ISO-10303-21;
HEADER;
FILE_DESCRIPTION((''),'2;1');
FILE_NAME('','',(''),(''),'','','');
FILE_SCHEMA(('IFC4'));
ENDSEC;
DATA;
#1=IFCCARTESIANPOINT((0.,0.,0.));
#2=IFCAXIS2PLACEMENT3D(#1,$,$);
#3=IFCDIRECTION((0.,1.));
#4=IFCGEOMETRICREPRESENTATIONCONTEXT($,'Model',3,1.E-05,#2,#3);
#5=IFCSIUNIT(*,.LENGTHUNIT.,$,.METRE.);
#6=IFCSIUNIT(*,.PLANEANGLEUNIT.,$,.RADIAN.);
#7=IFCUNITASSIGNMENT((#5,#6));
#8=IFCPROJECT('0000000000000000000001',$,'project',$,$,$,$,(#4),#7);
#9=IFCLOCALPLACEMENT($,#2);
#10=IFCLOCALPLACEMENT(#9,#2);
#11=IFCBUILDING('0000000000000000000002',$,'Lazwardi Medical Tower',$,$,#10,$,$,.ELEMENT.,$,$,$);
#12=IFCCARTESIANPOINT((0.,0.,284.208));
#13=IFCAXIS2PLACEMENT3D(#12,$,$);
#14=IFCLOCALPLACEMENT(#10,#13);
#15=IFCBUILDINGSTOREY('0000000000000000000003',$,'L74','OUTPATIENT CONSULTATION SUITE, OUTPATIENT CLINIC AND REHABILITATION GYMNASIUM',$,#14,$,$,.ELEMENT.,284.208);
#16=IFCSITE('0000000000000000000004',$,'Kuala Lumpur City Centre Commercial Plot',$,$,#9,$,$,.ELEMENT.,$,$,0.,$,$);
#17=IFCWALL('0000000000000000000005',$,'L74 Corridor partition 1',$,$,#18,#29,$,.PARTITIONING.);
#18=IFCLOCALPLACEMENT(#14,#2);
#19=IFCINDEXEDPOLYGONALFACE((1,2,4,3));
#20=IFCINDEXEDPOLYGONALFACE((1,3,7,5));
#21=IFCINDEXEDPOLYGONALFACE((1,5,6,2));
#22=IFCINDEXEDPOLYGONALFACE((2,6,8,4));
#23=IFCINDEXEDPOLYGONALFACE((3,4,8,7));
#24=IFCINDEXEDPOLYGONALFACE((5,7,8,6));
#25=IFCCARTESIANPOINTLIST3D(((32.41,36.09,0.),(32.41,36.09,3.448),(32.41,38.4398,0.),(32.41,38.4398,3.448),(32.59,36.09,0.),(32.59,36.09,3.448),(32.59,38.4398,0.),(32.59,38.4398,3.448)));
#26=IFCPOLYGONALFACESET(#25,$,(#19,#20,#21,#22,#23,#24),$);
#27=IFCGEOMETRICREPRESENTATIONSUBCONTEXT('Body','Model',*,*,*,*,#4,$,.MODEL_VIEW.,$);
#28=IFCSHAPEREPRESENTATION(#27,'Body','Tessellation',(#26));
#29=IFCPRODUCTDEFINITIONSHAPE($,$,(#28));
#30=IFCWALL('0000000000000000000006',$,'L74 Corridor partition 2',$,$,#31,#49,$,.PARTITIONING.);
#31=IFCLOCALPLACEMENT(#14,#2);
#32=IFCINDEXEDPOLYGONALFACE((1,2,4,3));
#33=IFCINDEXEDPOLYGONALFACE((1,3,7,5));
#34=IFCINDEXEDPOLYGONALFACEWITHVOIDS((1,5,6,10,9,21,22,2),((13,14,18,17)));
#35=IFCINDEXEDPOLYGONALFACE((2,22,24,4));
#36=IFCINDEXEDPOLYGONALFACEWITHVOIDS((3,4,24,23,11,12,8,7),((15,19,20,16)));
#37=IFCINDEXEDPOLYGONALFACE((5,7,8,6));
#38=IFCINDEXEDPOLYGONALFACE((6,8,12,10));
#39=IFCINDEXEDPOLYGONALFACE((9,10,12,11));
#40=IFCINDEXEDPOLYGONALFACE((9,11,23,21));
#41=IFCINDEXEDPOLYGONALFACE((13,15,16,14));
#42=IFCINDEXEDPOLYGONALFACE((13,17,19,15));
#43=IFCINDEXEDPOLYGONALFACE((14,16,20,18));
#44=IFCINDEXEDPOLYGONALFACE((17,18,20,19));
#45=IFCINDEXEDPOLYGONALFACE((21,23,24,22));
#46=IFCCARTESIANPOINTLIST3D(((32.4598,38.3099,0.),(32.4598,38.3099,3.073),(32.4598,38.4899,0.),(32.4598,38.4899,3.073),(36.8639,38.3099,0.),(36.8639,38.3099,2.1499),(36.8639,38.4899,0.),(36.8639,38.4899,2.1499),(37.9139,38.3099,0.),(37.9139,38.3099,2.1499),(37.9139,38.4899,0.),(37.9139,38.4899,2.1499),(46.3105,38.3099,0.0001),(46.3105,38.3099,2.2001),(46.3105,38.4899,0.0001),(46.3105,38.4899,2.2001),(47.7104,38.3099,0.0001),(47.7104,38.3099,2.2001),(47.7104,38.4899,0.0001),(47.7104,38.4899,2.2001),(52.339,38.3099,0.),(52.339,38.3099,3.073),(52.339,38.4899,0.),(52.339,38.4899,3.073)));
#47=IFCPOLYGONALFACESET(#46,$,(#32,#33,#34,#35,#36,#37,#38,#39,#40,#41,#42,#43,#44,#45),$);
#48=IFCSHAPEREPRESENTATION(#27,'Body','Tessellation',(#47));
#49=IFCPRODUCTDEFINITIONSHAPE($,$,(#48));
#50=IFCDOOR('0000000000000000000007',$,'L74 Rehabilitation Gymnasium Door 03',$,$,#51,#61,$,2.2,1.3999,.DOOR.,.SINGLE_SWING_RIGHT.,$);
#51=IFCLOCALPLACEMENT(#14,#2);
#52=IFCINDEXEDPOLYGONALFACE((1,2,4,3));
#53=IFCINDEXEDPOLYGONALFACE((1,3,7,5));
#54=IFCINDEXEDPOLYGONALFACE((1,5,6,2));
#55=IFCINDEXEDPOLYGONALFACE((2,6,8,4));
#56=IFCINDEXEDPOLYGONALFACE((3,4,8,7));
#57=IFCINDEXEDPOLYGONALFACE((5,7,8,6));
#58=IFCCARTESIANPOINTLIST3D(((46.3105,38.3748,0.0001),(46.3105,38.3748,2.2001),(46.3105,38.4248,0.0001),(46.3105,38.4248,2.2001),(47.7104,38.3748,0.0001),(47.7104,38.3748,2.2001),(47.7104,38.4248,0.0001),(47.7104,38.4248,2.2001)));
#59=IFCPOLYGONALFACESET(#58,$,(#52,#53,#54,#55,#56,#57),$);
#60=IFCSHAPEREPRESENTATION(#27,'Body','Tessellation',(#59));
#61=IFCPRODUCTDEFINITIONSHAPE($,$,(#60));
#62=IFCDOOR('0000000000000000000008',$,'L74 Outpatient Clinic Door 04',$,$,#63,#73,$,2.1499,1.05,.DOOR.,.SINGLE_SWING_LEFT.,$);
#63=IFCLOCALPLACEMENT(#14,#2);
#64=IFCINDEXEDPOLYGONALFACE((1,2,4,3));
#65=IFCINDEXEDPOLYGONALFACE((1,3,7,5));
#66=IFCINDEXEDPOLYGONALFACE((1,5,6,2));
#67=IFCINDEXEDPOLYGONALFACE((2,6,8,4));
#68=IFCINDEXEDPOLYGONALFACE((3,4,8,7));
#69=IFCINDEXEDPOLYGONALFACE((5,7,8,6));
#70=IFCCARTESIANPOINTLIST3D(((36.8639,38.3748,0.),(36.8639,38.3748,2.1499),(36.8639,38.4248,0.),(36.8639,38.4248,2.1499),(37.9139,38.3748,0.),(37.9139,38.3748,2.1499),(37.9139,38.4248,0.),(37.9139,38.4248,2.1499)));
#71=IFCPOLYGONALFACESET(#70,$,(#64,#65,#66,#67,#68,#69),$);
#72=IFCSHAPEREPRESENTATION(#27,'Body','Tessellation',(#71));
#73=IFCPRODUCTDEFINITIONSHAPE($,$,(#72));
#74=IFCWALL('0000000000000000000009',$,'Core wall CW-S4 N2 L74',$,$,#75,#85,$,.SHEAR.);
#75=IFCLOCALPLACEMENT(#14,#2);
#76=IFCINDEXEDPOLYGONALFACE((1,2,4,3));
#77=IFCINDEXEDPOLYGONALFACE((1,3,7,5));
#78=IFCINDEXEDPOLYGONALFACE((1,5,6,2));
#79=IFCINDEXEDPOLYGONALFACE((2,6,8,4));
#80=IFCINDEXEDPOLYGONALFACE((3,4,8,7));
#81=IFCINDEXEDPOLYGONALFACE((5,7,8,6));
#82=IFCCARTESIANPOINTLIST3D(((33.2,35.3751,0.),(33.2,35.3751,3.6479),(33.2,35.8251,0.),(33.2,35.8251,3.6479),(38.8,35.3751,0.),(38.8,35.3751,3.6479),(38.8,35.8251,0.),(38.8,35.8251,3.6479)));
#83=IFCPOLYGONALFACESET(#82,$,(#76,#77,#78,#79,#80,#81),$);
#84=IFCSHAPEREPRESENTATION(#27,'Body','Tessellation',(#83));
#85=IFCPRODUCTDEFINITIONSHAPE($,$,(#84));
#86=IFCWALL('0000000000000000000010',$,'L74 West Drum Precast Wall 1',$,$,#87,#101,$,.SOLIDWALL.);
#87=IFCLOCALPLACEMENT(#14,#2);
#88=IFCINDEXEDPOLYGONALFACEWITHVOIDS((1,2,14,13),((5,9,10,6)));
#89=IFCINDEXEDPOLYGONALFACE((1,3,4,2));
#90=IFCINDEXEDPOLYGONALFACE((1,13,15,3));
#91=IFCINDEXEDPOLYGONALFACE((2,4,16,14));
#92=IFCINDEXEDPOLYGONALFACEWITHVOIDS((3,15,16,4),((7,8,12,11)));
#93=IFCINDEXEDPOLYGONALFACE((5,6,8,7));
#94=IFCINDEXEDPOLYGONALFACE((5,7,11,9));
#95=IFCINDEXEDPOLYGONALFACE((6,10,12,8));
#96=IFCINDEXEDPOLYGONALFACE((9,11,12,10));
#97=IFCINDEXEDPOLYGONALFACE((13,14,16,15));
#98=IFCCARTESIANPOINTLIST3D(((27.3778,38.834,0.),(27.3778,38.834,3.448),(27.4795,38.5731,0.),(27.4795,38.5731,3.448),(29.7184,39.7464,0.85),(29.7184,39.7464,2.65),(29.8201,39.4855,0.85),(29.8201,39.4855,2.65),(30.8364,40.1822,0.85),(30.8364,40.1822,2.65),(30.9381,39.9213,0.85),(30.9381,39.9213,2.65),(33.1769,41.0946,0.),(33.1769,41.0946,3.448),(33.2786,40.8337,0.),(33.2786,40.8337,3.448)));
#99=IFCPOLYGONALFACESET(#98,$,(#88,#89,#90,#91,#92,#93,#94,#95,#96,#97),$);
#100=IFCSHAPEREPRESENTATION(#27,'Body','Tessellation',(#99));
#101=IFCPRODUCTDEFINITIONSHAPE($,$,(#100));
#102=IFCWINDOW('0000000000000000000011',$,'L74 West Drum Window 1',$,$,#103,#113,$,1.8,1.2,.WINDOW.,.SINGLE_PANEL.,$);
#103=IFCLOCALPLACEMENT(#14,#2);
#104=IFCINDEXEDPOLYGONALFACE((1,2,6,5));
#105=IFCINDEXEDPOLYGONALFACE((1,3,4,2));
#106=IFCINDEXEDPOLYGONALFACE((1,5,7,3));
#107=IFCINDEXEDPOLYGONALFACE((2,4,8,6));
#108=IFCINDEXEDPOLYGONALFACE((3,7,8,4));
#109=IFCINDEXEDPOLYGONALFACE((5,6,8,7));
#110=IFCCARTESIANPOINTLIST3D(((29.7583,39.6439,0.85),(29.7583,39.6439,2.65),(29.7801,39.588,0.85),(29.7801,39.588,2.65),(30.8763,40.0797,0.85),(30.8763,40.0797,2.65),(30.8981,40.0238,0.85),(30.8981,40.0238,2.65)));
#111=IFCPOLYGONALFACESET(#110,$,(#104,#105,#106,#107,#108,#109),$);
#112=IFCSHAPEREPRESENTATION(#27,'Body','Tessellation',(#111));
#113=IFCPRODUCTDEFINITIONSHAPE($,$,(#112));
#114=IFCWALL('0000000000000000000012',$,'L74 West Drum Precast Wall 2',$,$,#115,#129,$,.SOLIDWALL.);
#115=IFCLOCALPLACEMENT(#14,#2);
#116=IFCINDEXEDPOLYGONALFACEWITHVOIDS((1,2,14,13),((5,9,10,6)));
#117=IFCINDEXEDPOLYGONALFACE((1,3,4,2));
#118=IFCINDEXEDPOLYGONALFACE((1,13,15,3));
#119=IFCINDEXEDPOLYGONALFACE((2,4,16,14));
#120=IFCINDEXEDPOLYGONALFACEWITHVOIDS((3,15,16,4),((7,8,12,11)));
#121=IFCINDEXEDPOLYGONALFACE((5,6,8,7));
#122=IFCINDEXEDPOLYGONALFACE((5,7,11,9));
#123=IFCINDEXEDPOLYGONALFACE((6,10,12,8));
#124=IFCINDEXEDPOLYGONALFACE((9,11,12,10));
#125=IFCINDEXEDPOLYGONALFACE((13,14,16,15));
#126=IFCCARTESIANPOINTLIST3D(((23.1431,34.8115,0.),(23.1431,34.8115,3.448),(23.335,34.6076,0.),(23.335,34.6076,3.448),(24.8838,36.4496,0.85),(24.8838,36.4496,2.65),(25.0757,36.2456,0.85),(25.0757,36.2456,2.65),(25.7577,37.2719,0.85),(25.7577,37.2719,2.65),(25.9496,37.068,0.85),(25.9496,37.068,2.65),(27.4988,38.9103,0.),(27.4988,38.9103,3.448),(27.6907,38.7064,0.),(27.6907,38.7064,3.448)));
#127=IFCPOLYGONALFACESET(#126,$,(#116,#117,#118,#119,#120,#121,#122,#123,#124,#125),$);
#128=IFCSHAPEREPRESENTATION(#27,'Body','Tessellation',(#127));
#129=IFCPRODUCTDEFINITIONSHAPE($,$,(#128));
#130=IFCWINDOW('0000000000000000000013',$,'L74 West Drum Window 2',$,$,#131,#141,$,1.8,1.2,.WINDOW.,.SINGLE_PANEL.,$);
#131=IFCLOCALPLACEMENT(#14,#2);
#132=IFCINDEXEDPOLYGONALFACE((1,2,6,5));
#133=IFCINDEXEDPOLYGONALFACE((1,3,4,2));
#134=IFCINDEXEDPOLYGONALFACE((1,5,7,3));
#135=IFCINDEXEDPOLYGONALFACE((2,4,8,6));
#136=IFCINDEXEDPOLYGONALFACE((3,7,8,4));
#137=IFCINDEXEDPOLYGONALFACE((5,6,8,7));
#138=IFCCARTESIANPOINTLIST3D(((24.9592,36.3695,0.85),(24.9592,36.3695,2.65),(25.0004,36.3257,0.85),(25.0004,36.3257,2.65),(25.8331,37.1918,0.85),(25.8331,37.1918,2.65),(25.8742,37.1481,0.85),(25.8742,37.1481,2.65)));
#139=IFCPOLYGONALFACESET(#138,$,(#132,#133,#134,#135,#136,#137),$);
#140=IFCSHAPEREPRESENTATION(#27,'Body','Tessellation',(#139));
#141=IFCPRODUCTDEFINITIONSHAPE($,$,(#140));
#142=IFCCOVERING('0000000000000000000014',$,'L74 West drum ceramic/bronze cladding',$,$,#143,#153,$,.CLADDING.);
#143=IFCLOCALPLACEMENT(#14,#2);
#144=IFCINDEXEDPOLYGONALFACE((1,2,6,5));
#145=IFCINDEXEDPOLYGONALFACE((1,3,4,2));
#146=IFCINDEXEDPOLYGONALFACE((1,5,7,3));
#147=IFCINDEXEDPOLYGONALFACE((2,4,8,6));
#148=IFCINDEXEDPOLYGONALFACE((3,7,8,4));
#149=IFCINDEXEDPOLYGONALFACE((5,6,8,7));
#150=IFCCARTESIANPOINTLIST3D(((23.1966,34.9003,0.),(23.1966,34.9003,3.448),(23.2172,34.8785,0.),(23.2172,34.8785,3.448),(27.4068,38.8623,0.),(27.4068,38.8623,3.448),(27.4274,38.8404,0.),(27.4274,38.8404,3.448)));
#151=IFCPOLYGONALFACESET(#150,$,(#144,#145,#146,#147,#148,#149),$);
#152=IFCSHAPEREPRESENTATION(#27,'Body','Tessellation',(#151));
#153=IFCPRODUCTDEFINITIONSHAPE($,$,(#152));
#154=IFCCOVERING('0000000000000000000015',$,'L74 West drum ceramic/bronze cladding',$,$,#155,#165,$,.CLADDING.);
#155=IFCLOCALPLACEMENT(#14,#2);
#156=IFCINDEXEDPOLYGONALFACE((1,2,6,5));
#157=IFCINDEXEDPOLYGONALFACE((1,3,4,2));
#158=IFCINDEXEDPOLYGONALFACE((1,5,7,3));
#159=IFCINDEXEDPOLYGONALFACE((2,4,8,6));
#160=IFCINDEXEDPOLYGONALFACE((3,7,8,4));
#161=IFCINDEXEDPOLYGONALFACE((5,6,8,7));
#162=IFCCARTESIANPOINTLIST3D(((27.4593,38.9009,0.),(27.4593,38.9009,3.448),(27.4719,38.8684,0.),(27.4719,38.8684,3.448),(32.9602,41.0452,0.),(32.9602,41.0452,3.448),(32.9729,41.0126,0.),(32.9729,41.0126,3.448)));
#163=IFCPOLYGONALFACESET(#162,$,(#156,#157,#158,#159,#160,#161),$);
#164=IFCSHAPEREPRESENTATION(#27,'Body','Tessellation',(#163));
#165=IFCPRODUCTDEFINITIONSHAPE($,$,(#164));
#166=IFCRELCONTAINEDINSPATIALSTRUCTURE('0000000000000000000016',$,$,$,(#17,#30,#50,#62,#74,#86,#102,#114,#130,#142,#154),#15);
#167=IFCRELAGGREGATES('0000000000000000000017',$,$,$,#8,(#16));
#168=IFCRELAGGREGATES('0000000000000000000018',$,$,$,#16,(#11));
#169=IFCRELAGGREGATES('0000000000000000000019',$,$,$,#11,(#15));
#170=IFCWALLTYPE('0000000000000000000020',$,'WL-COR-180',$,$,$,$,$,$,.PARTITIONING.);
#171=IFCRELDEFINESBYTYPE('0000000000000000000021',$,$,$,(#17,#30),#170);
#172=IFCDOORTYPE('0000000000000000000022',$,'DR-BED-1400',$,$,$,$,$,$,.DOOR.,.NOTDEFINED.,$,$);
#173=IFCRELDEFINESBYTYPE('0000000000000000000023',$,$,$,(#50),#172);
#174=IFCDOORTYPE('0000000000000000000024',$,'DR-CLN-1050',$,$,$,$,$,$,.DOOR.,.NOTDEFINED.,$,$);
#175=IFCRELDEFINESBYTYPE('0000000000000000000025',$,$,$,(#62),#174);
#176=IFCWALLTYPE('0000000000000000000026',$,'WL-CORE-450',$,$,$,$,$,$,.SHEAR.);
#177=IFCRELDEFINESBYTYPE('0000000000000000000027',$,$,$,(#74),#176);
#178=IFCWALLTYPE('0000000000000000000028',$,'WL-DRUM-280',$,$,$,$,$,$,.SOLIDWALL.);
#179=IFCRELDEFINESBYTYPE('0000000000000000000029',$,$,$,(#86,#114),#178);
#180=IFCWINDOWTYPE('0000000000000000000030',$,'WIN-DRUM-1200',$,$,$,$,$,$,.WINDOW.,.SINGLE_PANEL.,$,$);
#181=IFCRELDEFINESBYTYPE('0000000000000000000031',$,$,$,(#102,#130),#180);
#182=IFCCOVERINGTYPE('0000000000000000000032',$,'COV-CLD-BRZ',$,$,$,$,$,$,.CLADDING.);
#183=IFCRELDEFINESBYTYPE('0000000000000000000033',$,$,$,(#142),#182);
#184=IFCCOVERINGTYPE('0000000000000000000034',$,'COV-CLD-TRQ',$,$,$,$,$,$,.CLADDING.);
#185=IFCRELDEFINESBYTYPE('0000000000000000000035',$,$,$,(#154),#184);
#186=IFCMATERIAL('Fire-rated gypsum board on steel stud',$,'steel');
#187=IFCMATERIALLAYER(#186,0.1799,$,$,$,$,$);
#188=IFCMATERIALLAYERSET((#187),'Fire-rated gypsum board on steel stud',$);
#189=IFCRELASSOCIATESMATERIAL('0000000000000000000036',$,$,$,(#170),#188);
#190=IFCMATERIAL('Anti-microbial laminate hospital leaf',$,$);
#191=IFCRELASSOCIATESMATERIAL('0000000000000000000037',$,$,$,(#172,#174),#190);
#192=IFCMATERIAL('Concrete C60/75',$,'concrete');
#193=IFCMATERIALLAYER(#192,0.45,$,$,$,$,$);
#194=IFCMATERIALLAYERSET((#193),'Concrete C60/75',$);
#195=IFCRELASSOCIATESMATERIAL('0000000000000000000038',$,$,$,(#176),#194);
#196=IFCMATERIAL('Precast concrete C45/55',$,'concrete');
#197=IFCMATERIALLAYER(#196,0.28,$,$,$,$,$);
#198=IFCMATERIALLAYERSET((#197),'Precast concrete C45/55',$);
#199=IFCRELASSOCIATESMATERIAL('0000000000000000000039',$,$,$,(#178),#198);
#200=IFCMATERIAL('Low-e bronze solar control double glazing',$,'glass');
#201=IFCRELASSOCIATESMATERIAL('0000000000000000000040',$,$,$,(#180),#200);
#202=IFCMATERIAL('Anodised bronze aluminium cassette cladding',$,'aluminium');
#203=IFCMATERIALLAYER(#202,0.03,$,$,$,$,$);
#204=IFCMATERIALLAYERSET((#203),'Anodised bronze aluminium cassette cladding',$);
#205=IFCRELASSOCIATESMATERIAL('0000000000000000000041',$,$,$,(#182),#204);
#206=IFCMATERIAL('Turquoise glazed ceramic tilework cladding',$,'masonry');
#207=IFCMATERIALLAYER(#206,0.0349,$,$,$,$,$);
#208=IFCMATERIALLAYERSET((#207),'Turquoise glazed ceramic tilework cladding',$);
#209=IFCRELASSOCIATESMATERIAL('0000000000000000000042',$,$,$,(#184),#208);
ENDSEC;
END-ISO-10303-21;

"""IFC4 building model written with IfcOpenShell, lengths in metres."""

from ifc_helpers import new_model, si_unit, direction, frame, frame_2d, origin, origin_2d, place, context, subcontext, project, spatial, rectangle, extrude, material, layer, layer_set, type_object, element, fill, save


model = new_model("IFC4")

# Units and contexts
model_context = context("Model", 3, precision=1e-05, world=origin(), true_north=direction((0.0, 1.0)))
body_context = subcontext(model_context, "Body", "Model", "MODEL_VIEW")
ifc_project = project(units=[si_unit("LENGTHUNIT", "METRE"), si_unit("PLANEANGLEUNIT", "RADIAN")], contexts=[model_context])

# Site, building, storey
site_placement = place(None, origin())
site = spatial("IfcSite", under=ifc_project, at=site_placement, Name="Kuala Lumpur City Centre Commercial Plot", CompositionType="ELEMENT", RefElevation=0.0)
building_placement = place(site_placement, origin())
building = spatial("IfcBuilding", under=site, at=building_placement, Name="Lazwardi Medical Tower", CompositionType="ELEMENT")
storey_placement = place(building_placement, frame((0.0, 0.0, 284.208)))
storey = spatial("IfcBuildingStorey", under=building, at=storey_placement, Name="L74", Description="OUTPATIENT CONSULTATION SUITE, OUTPATIENT CLINIC AND REHABILITATION GYMNASIUM", CompositionType="ELEMENT", Elevation=284.208)

# Shared definitions
ifc_material_1 = material(Name="Concrete C60/75", Category="concrete")

# Wall
ifc_material_2 = material(Name="Fire-rated gypsum board on steel stud", Category="steel")
ifc_layer_1 = layer(ifc_material_2, 0.1799)
ifc_layer_set_1 = layer_set([ifc_layer_1], Name="Fire-rated gypsum board on steel stud")
wall_type_1 = type_object("IfcWallType", Name="WL-COR-180", PredefinedType="PARTITIONING", material=ifc_layer_set_1)
wall_1_placement = place(storey_placement, frame((32.5, 36.0901, 0.0), z_axis=(0.0, 0.0, 1.0), x_axis=(0.0, 1.0, 0.0)))
element("IfcWall", 1, at=wall_1_placement, inside=storey, type_object=wall_type_1, Name="L74 Corridor partition 1", PredefinedType="PARTITIONING", context=body_context, shape_type="SweptSolid", body=[
    extrude(rectangle(XDim=2.3499, YDim=0.1799, at=frame_2d((1.1748, 0.0))), origin(), (0.0, 0.0, 1.0), 3.448),
])

# Wall, openings, doors
wall_2_placement = place(storey_placement, frame((32.46, 38.3999, 0.0), z_axis=(0.0, 0.0, 1.0), x_axis=(1.0, 0.0, 0.0)))
wall_2 = element("IfcWall", 2, at=wall_2_placement, inside=storey, type_object=wall_type_1, Name="L74 Corridor partition 2", PredefinedType="PARTITIONING", context=body_context, shape_type="SweptSolid", body=[
    extrude(rectangle(XDim=19.8792, YDim=0.1799, at=frame_2d((9.9395, 0.0))), origin(), (0.0, 0.0, 1.0), 3.073),
])
opening_1_placement = place(wall_2_placement, frame((13.8506, 0.0, 0.0)))
opening_1 = element("IfcOpeningElement", 3, at=opening_1_placement, cuts=wall_2, PredefinedType="OPENING", context=body_context, shape_type="SweptSolid", body=[
    extrude(rectangle(XDim=1.3999, YDim=2.2, at=frame_2d((0.7, 1.1001))), frame((0.0, 0.0999, 0.0), z_axis=(0.0, -1.0, 0.0), x_axis=(1.0, 0.0, 0.0)), (0.0, 0.0, 1.0), 0.2),
])
opening_2_placement = place(wall_2_placement, frame((4.4041, 0.0, 0.0)))
opening_2 = element("IfcOpeningElement", 4, at=opening_2_placement, cuts=wall_2, PredefinedType="OPENING", context=body_context, shape_type="SweptSolid", body=[
    extrude(rectangle(XDim=1.05, YDim=2.1499, at=frame_2d((0.5249, 1.075))), frame((0.0, 0.0999, 0.0), z_axis=(0.0, -1.0, 0.0), x_axis=(1.0, 0.0, 0.0)), (0.0, 0.0, 1.0), 0.2),
])
ifc_material_3 = material(Name="Anti-microbial laminate hospital leaf")
door_type_1 = type_object("IfcDoorType", Name="DR-BED-1400", OperationType="NOTDEFINED", PredefinedType="DOOR", material=ifc_material_3)
door_1_placement = place(opening_1_placement, origin())
door_1 = element("IfcDoor", 5, at=door_1_placement, inside=storey, type_object=door_type_1, Name="L74 Rehabilitation Gymnasium Door 03", OperationType="SINGLE_SWING_RIGHT", OverallHeight=2.2, OverallWidth=1.3999, PredefinedType="DOOR", context=body_context, shape_type="SweptSolid", body=[
    extrude(rectangle(XDim=1.3999, YDim=2.2, at=frame_2d((0.7, 1.1001))), frame((0.0, 0.0249, 0.0), z_axis=(0.0, -1.0, 0.0), x_axis=(1.0, 0.0, 0.0)), (0.0, 0.0, 1.0), 0.05),
])
fill(opening_1, door_1)
door_type_2 = type_object("IfcDoorType", Name="DR-CLN-1050", OperationType="NOTDEFINED", PredefinedType="DOOR", material=ifc_material_3)
door_2_placement = place(opening_2_placement, origin())
door_2 = element("IfcDoor", 6, at=door_2_placement, inside=storey, type_object=door_type_2, Name="L74 Outpatient Clinic Door 04", OperationType="SINGLE_SWING_LEFT", OverallHeight=2.1499, OverallWidth=1.05, PredefinedType="DOOR", context=body_context, shape_type="SweptSolid", body=[
    extrude(rectangle(XDim=1.05, YDim=2.1499, at=frame_2d((0.5249, 1.075))), frame((0.0, 0.0249, 0.0), z_axis=(0.0, -1.0, 0.0), x_axis=(1.0, 0.0, 0.0)), (0.0, 0.0, 1.0), 0.05),
])
fill(opening_2, door_2)

# Wall
ifc_layer_2 = layer(ifc_material_1, 0.45)
ifc_layer_set_2 = layer_set([ifc_layer_2], Name="Concrete C60/75")
wall_type_2 = type_object("IfcWallType", Name="WL-CORE-450", PredefinedType="SHEAR", material=ifc_layer_set_2)
wall_3_placement = place(storey_placement, frame((33.2, 35.6001, 0.0), z_axis=(0.0, 0.0, 1.0), x_axis=(1.0, 0.0, 0.0)))
element("IfcWall", 7, at=wall_3_placement, inside=storey, type_object=wall_type_2, Name="Core wall CW-S4 N2 L74", PredefinedType="SHEAR", context=body_context, shape_type="SweptSolid", body=[
    extrude(rectangle(XDim=5.6001, YDim=0.45, at=frame_2d((2.8, 0.0))), origin(), (0.0, 0.0, 1.0), 3.6479),
])

# Walls, openings, windows
ifc_material_4 = material(Name="Precast concrete C45/55", Category="concrete")
ifc_layer_3 = layer(ifc_material_4, 0.28)
ifc_layer_set_3 = layer_set([ifc_layer_3], Name="Precast concrete C45/55")
wall_type_3 = type_object("IfcWallType", Name="WL-DRUM-280", PredefinedType="SOLIDWALL", material=ifc_layer_set_3)
wall_4_placement = place(storey_placement, frame((33.2278, 40.9641, 0.0), z_axis=(0.0, 0.0, 1.0), x_axis=(-0.931717, -0.363186, 0.0)))
wall_4 = element("IfcWall", 8, at=wall_4_placement, inside=storey, type_object=wall_type_3, Name="L74 West Drum Precast Wall 1", PredefinedType="SOLIDWALL", context=body_context, shape_type="SweptSolid", body=[
    extrude(rectangle(XDim=6.2241, YDim=0.28, at=frame_2d((3.1121, 0.0))), origin(), (0.0, 0.0, 1.0), 3.448),
])
opening_3_placement = place(wall_4_placement, frame((2.512, 0.0, 0.8501)))
opening_3 = element("IfcOpeningElement", 9, at=opening_3_placement, cuts=wall_4, PredefinedType="OPENING", context=body_context, shape_type="SweptSolid", body=[
    extrude(rectangle(XDim=1.2, YDim=1.8, at=frame_2d((0.6001, 0.8999))), frame((0.0, 0.1499, 0.0), z_axis=(0.0, -1.0, 0.0), x_axis=(1.0, 0.0, 0.0)), (0.0, 0.0, 1.0), 0.3),
])
ifc_material_5 = material(Name="Low-e bronze solar control double glazing", Category="glass")
window_type = type_object("IfcWindowType", Name="WIN-DRUM-1200", PartitioningType="SINGLE_PANEL", PredefinedType="WINDOW", material=ifc_material_5)
window_1_placement = place(opening_3_placement, origin())
window_1 = element("IfcWindow", 10, at=window_1_placement, inside=storey, type_object=window_type, Name="L74 West Drum Window 1", OverallHeight=1.8, OverallWidth=1.2, PartitioningType="SINGLE_PANEL", PredefinedType="WINDOW", context=body_context, shape_type="SweptSolid", body=[
    extrude(rectangle(XDim=1.2, YDim=1.8, at=frame_2d((0.6001, 0.8999))), frame((0.0, 0.03, 0.0), z_axis=(0.0, -1.0, 0.0), x_axis=(1.0, 0.0, 0.0)), (0.0, 0.0, 1.0), 0.0601),
])
fill(opening_3, window_1)
wall_5_placement = place(storey_placement, frame((27.5947, 38.8083, 0.0), z_axis=(0.0, 0.0, 1.0), x_axis=(-0.728252, -0.68531, 0.0)))
wall_5 = element("IfcWall", 11, at=wall_5_placement, inside=storey, type_object=wall_type_3, Name="L74 West Drum Precast Wall 2", PredefinedType="SOLIDWALL", context=body_context, shape_type="SweptSolid", body=[
    extrude(rectangle(XDim=5.981, YDim=0.28, at=frame_2d((2.9905, 0.0))), origin(), (0.0, 0.0, 1.0), 3.448),
])
opening_4_placement = place(wall_5_placement, frame((2.3906, 0.0, 0.8501)))
opening_4 = element("IfcOpeningElement", 12, at=opening_4_placement, cuts=wall_5, PredefinedType="OPENING", context=body_context, shape_type="SweptSolid", body=[
    extrude(rectangle(XDim=1.2, YDim=1.8, at=frame_2d((0.6001, 0.8999))), frame((0.0, 0.1499, 0.0), z_axis=(0.0, -1.0, 0.0), x_axis=(1.0, 0.0, 0.0)), (0.0, 0.0, 1.0), 0.3),
])
window_2_placement = place(opening_4_placement, origin())
window_2 = element("IfcWindow", 13, at=window_2_placement, inside=storey, type_object=window_type, Name="L74 West Drum Window 2", OverallHeight=1.8, OverallWidth=1.2, PartitioningType="SINGLE_PANEL", PredefinedType="WINDOW", context=body_context, shape_type="SweptSolid", body=[
    extrude(rectangle(XDim=1.2, YDim=1.8, at=frame_2d((0.6001, 0.8999))), frame((0.0, 0.03, 0.0), z_axis=(0.0, -1.0, 0.0), x_axis=(1.0, 0.0, 0.0)), (0.0, 0.0, 1.0), 0.0601),
])
fill(opening_4, window_2)

# Coverings
ifc_material_6 = material(Name="Anodised bronze aluminium cassette cladding", Category="aluminium")
ifc_layer_4 = layer(ifc_material_6, 0.03)
ifc_layer_set_4 = layer_set([ifc_layer_4], Name="Anodised bronze aluminium cassette cladding")
covering_type_1 = type_object("IfcCoveringType", Name="COV-CLD-BRZ", PredefinedType="CLADDING", material=ifc_layer_set_4)
covering_1_placement = place(storey_placement, frame((25.312, 36.8704, 0.0), z_axis=(0.0, 0.0, 1.0), x_axis=(-0.728255, -0.685306, 0.0)))
element("IfcCovering", 14, at=covering_1_placement, inside=storey, type_object=covering_type_1, Name="L74 West drum ceramic/bronze cladding", PredefinedType="CLADDING", context=body_context, shape_type="SweptSolid", body=[
    extrude(rectangle(XDim=5.7812, YDim=0.03, at=origin_2d()), origin(), (0.0, 0.0, 1.0), 3.448),
])
ifc_material_7 = material(Name="Turquoise glazed ceramic tilework cladding", Category="masonry")
ifc_layer_5 = layer(ifc_material_7, 0.0349)
ifc_layer_set_5 = layer_set([ifc_layer_5], Name="Turquoise glazed ceramic tilework cladding")
covering_type_2 = type_object("IfcCoveringType", Name="COV-CLD-TRQ", PredefinedType="CLADDING", material=ifc_layer_set_5)
covering_2_placement = place(storey_placement, frame((30.2161, 39.9568, 0.0), z_axis=(0.0, 0.0, 1.0), x_axis=(-0.93172, -0.363176, 0.0)))
element("IfcCovering", 15, at=covering_2_placement, inside=storey, type_object=covering_type_2, Name="L74 West drum ceramic/bronze cladding", PredefinedType="CLADDING", context=body_context, shape_type="SweptSolid", body=[
    extrude(rectangle(XDim=5.9041, YDim=0.0349, at=origin_2d()), origin(), (0.0, 0.0, 1.0), 3.448),
])

save(model, "model.ifc")
